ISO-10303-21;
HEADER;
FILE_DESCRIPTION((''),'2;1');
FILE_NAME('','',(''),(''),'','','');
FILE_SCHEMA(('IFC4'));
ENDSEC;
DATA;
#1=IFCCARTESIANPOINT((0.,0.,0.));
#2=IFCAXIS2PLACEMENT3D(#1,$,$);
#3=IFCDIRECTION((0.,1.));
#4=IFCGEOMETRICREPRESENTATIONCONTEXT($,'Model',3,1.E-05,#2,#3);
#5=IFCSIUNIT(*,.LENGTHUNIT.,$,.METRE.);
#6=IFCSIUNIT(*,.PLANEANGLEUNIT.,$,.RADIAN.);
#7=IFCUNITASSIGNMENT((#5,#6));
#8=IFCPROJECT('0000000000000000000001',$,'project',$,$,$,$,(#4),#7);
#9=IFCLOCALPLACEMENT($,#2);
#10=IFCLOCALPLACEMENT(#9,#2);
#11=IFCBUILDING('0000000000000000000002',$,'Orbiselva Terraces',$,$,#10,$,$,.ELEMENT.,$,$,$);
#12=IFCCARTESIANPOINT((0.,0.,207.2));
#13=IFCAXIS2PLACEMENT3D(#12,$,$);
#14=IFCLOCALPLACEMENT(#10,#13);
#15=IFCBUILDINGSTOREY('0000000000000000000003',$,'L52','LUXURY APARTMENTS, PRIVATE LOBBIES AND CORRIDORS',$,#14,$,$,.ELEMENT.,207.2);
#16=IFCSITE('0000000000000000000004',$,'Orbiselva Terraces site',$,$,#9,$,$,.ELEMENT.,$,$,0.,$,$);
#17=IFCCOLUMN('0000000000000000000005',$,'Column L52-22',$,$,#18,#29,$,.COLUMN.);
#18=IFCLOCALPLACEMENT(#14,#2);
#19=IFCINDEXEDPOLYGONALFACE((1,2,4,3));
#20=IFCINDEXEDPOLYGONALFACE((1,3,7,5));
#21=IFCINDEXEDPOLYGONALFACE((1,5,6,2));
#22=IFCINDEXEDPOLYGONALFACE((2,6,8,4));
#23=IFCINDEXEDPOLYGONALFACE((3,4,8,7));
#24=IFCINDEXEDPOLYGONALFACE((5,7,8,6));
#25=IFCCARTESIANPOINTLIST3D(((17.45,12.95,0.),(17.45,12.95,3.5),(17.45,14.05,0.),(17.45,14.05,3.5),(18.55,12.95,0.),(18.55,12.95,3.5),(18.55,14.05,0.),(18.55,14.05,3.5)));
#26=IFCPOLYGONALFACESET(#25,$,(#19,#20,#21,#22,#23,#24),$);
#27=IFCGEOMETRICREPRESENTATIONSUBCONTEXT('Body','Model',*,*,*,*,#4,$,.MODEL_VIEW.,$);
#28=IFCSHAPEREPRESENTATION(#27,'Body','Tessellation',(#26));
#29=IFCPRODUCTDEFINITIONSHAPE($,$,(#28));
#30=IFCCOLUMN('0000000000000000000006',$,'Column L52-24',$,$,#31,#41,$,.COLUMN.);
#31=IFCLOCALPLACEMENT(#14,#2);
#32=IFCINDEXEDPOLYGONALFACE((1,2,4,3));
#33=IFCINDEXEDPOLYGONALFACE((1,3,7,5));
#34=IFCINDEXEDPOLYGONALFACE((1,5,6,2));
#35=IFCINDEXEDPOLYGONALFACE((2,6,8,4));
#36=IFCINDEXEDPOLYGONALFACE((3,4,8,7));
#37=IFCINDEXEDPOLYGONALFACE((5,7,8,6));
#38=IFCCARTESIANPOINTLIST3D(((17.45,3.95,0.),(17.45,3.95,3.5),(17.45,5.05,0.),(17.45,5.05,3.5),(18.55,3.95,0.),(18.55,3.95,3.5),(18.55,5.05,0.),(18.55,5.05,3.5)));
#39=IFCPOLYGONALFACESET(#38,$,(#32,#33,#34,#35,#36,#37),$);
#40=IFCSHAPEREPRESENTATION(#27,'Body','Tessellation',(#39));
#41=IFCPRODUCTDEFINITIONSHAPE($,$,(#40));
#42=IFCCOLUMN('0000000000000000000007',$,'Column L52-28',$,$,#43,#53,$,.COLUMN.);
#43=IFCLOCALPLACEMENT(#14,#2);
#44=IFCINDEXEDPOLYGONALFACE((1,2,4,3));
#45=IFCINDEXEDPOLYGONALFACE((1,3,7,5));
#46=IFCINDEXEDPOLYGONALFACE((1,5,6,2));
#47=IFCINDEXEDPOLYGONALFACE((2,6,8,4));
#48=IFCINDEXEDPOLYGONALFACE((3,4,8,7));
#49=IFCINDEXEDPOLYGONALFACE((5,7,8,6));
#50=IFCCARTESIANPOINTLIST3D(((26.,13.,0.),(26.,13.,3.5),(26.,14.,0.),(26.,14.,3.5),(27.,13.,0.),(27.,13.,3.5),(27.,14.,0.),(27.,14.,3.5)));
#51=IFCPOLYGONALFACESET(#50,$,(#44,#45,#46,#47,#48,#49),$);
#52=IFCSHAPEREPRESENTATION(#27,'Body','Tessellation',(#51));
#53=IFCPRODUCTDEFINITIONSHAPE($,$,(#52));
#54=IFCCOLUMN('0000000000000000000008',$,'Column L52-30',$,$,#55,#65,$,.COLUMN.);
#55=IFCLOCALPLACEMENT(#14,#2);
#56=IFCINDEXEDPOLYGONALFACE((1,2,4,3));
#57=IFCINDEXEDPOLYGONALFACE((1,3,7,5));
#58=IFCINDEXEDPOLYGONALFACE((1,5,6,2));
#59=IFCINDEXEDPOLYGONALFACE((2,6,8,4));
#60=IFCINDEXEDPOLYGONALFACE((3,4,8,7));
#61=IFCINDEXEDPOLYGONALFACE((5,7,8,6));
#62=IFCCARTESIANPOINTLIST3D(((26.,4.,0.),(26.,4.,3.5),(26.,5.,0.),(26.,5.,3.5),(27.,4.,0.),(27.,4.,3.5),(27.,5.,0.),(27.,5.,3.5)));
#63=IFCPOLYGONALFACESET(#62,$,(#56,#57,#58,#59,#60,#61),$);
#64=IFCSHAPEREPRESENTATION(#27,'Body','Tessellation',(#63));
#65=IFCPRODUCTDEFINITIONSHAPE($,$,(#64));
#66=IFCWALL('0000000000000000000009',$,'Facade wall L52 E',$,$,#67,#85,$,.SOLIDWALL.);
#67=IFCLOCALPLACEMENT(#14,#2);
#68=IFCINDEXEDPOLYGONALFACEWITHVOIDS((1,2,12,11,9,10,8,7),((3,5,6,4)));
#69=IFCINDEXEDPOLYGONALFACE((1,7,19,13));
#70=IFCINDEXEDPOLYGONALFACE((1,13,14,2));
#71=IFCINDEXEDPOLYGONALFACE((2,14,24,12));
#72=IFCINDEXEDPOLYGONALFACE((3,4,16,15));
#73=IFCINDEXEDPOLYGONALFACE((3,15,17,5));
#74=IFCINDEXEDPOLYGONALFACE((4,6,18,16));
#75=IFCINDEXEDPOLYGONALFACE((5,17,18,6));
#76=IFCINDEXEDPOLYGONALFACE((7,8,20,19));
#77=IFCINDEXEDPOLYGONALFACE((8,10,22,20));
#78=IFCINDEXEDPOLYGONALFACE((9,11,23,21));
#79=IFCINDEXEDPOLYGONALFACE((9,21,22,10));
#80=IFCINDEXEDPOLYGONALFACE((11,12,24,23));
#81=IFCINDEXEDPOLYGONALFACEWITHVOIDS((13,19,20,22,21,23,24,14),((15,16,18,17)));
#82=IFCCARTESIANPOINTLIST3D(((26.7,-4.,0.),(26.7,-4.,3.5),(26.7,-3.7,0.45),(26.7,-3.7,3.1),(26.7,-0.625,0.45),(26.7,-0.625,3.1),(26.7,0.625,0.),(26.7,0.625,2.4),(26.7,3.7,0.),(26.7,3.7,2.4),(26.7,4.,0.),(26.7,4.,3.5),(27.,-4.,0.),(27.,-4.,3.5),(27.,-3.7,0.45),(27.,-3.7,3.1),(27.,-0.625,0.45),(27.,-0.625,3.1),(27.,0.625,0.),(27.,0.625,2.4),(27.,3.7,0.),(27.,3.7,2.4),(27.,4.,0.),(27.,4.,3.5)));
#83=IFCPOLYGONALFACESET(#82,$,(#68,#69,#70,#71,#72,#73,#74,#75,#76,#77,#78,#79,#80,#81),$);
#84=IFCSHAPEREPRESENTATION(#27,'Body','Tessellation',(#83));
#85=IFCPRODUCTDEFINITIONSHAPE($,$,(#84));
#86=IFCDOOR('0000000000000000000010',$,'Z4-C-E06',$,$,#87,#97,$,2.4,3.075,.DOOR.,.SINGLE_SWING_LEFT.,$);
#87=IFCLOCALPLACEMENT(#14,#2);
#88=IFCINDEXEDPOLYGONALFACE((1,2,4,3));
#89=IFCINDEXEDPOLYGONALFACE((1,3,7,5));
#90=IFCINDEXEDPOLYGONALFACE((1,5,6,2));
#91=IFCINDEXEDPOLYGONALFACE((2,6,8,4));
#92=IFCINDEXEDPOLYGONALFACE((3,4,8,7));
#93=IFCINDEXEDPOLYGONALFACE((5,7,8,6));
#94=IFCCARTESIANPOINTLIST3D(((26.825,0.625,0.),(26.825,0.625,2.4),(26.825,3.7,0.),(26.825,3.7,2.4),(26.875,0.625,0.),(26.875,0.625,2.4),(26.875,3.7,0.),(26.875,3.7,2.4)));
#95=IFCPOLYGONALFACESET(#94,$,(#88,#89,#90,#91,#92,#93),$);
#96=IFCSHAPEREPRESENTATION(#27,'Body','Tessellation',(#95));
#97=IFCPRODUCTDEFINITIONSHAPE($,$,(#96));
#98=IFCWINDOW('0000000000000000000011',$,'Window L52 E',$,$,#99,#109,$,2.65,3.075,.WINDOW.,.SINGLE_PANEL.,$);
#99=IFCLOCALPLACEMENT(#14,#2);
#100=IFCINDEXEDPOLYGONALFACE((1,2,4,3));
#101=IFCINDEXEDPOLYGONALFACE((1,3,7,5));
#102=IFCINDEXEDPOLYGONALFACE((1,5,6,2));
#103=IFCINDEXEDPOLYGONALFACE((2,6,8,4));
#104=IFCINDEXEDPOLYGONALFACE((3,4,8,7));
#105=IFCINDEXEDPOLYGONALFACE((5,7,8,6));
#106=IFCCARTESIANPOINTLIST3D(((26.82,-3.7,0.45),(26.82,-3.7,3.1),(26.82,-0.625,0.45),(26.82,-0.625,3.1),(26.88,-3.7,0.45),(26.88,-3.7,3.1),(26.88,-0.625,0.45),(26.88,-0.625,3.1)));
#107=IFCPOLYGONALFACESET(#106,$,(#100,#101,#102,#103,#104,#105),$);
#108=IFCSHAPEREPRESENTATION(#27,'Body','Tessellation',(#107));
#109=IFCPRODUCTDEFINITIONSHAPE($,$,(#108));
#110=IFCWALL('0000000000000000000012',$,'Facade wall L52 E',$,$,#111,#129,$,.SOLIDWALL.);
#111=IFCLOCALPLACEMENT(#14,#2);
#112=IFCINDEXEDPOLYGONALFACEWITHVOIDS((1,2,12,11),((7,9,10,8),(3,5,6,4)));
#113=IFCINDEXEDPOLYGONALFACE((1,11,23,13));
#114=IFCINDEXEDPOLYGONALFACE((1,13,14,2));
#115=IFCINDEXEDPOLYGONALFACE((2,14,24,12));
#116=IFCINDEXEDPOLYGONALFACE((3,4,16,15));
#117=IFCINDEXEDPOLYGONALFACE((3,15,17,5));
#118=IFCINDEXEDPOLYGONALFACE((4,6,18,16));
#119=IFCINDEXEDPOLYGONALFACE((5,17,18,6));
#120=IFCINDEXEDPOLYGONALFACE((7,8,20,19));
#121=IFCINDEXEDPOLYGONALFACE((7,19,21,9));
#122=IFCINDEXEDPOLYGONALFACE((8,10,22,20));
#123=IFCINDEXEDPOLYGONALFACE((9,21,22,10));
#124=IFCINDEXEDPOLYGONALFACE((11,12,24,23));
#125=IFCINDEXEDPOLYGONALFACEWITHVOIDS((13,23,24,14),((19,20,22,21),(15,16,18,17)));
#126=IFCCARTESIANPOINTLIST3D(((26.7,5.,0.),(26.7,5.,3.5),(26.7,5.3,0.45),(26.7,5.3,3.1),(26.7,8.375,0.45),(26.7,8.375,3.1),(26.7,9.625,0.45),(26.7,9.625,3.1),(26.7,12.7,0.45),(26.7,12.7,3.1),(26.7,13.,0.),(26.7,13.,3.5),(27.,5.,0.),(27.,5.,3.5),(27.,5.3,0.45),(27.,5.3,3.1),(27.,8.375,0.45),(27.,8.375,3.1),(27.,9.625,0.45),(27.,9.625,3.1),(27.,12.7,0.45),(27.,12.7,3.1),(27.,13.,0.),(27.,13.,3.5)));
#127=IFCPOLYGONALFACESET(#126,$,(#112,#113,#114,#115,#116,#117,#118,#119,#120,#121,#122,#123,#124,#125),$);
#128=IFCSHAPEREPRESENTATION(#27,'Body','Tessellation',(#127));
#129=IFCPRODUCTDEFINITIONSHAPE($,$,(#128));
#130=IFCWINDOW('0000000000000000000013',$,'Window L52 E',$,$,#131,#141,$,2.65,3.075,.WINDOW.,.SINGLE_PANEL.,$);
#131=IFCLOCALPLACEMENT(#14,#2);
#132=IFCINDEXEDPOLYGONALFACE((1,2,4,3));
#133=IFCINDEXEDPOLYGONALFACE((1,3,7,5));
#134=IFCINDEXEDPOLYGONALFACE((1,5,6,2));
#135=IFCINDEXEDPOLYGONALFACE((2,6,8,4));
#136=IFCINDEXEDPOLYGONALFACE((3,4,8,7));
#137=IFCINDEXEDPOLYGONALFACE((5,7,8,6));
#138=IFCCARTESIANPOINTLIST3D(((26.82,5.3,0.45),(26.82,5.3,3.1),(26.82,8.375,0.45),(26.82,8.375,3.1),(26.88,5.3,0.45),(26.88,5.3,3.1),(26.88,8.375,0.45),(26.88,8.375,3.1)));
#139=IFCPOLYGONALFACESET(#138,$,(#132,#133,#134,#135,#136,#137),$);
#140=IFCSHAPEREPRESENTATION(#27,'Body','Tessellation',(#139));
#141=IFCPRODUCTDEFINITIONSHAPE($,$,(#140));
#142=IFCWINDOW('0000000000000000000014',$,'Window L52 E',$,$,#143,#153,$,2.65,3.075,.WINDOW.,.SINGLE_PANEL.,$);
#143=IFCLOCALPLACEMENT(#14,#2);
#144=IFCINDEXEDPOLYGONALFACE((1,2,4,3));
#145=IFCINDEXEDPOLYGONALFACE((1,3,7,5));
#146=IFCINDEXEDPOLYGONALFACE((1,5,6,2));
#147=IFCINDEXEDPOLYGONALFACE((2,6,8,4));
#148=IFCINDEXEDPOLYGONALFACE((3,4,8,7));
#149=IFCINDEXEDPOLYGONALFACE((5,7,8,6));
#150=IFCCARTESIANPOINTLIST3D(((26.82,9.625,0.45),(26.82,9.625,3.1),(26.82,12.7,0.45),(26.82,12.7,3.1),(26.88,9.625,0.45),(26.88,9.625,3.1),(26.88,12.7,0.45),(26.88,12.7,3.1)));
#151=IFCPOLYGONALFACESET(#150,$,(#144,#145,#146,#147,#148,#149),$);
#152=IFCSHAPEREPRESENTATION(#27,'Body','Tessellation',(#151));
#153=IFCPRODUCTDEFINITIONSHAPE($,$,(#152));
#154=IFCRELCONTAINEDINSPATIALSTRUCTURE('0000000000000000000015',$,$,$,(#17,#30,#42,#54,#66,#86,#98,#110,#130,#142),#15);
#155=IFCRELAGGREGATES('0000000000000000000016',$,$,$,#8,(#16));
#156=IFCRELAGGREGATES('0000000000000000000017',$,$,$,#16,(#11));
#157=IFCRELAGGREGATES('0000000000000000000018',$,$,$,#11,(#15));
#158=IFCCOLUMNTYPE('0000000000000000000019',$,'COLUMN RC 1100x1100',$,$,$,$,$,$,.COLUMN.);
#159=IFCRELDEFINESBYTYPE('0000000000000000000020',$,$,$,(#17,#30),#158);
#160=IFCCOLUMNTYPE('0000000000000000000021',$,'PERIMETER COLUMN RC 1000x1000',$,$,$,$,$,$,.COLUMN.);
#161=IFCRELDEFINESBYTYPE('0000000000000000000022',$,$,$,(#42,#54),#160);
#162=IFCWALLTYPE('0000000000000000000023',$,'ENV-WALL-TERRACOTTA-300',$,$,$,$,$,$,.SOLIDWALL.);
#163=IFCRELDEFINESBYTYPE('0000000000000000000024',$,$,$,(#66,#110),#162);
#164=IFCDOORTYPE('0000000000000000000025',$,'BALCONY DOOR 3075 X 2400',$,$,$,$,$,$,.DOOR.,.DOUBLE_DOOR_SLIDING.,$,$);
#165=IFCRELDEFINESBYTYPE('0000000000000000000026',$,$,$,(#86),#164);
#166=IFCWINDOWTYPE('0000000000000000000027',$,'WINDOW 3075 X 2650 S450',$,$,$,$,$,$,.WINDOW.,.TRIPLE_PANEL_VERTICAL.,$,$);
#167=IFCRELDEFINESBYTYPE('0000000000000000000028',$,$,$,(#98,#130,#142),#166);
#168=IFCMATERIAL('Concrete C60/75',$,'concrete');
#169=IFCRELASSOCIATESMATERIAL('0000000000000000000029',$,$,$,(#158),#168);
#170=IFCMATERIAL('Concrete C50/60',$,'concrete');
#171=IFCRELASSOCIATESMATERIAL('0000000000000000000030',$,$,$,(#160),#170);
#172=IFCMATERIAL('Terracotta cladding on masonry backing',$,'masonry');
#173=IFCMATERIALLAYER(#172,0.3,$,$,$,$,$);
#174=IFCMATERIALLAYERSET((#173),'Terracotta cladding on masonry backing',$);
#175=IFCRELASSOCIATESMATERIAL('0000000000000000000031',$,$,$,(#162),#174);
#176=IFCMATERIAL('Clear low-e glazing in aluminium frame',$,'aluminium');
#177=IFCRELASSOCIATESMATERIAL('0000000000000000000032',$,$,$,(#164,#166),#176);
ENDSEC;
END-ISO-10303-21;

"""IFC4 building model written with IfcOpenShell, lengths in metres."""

from ifc_helpers import new_model, si_unit, direction, frame, frame_2d, origin, origin_2d, place, context, subcontext, project, spatial, rectangle, extrude, material, layer, layer_set, material_profile, profile_set, type_object, element, fill, save


model = new_model("IFC4")

# Units and contexts
model_context = context("Model", 3, precision=1e-05, world=origin(), true_north=direction((0.0, 1.0)))
body_context = subcontext(model_context, "Body", "Model", "MODEL_VIEW")
ifc_project = project(units=[si_unit("LENGTHUNIT", "METRE"), si_unit("PLANEANGLEUNIT", "RADIAN")], contexts=[model_context])

# Site, building, storey
site_placement = place(None, origin())
site = spatial("IfcSite", under=ifc_project, at=site_placement, Name="Orbiselva Terraces site", CompositionType="ELEMENT", RefElevation=0.0)
building_placement = place(site_placement, origin())
building = spatial("IfcBuilding", under=site, at=building_placement, Name="Orbiselva Terraces", CompositionType="ELEMENT")
storey_placement = place(building_placement, frame((0.0, 0.0, 207.2)))
storey = spatial("IfcBuildingStorey", under=building, at=storey_placement, Name="L52", Description="LUXURY APARTMENTS, PRIVATE LOBBIES AND CORRIDORS", CompositionType="ELEMENT", Elevation=207.2)

# Columns
ifc_material_1 = material(Name="Concrete C60/75", Category="concrete")
ifc_material_profile_1 = material_profile(ifc_material_1, rectangle(XDim=1.1, YDim=1.1, at=origin_2d()), Name="RC 1100x1100")
ifc_profile_set_1 = profile_set([ifc_material_profile_1], Name="Concrete C60/75")
column_type_1 = type_object("IfcColumnType", Name="COLUMN RC 1100x1100", PredefinedType="COLUMN", material=ifc_profile_set_1)
for number, where, z_axis, x_axis, name in (
    (1, (18.0, 13.5, 0.0), (0.0, 0.0, 1.0), (1.0, 0.0, 0.0), "Column L52-22"),
    (2, (18.0, 4.5, 0.0), (0.0, 0.0, 1.0), (1.0, 0.0, 0.0), "Column L52-24"),
):
    element("IfcColumn", number, at=place(storey_placement, frame(where, z_axis=z_axis, x_axis=x_axis)), inside=storey, type_object=column_type_1, Name=name, PredefinedType="COLUMN", context=body_context, shape_type="SweptSolid", body=[
        extrude(rectangle(XDim=1.1, YDim=1.1, at=origin_2d()), origin(), (0.0, 0.0, 1.0), 3.5),
    ])
ifc_material_2 = material(Name="Concrete C50/60", Category="concrete")
ifc_material_profile_2 = material_profile(ifc_material_2, rectangle(XDim=1.0, YDim=1.0, at=origin_2d()), Name="RC 1000x1000")
ifc_profile_set_2 = profile_set([ifc_material_profile_2], Name="Concrete C50/60")
column_type_2 = type_object("IfcColumnType", Name="PERIMETER COLUMN RC 1000x1000", PredefinedType="COLUMN", material=ifc_profile_set_2)
for number, where, z_axis, x_axis, name in (
    (3, (26.5, 13.5, 0.0), (0.0, 0.0, 1.0), (1.0, 0.0, 0.0), "Column L52-28"),
    (4, (26.5, 4.5, 0.0), (0.0, 0.0, 1.0), (1.0, 0.0, 0.0), "Column L52-30"),
):
    element("IfcColumn", number, at=place(storey_placement, frame(where, z_axis=z_axis, x_axis=x_axis)), inside=storey, type_object=column_type_2, Name=name, PredefinedType="COLUMN", context=body_context, shape_type="SweptSolid", body=[
        extrude(rectangle(XDim=1.0, YDim=1.0, at=origin_2d()), origin(), (0.0, 0.0, 1.0), 3.5),
    ])

# Wall, openings, door, window
ifc_material_3 = material(Name="Terracotta cladding on masonry backing", Category="masonry")
ifc_layer_1 = layer(ifc_material_3, 0.3)
ifc_layer_set_1 = layer_set([ifc_layer_1], Name="Terracotta cladding on masonry backing")
wall_type_1 = type_object("IfcWallType", Name="ENV-WALL-TERRACOTTA-300", PredefinedType="SOLIDWALL", material=ifc_layer_set_1)
wall_1_placement = place(storey_placement, frame((26.85, 4.0, 0.0), z_axis=(0.0, 0.0, 1.0), x_axis=(0.0, -1.0, 0.0)))
wall_1 = element("IfcWall", 5, at=wall_1_placement, inside=storey, type_object=wall_type_1, Name="Facade wall L52 E", PredefinedType="SOLIDWALL", context=body_context, shape_type="SweptSolid", body=[
    extrude(rectangle(XDim=8.0, YDim=0.3, at=frame_2d((4.0, 0.0))), origin(), (0.0, 0.0, 1.0), 3.5),
])
opening_1_placement = place(wall_1_placement, frame((4.625, 0.0, 0.45)))
opening_1 = element("IfcOpeningElement", 6, at=opening_1_placement, cuts=wall_1, PredefinedType="OPENING", context=body_context, shape_type="SweptSolid", body=[
    extrude(rectangle(XDim=3.075, YDim=2.65, at=frame_2d((1.5375, 1.325))), frame((0.0, 0.16, 0.0), z_axis=(0.0, -1.0, 0.0), x_axis=(1.0, 0.0, 0.0)), (0.0, 0.0, 1.0), 0.32),
])
opening_2_placement = place(wall_1_placement, frame((0.3, 0.0, 0.0)))
opening_2 = element("IfcOpeningElement", 7, at=opening_2_placement, cuts=wall_1, PredefinedType="OPENING", context=body_context, shape_type="SweptSolid", body=[
    extrude(rectangle(XDim=3.075, YDim=2.4, at=frame_2d((1.5375, 1.2))), frame((0.0, 0.16, 0.0), z_axis=(0.0, -1.0, 0.0), x_axis=(1.0, 0.0, 0.0)), (0.0, 0.0, 1.0), 0.32),
])
ifc_material_4 = material(Name="Clear low-e glazing in aluminium frame", Category="aluminium")
door_type_1 = type_object("IfcDoorType", Name="BALCONY DOOR 3075 X 2400", OperationType="DOUBLE_DOOR_SLIDING", PredefinedType="DOOR", material=ifc_material_4)
door_1_placement = place(opening_2_placement, origin())
door_1 = element("IfcDoor", 8, at=door_1_placement, inside=storey, type_object=door_type_1, Name="Z4-C-E06", OperationType="SINGLE_SWING_LEFT", OverallHeight=2.4, OverallWidth=3.075, PredefinedType="DOOR", context=body_context, shape_type="SweptSolid", body=[
    extrude(rectangle(XDim=3.075, YDim=2.4, at=frame_2d((1.5375, 1.2))), frame((0.0, 0.025, 0.0), z_axis=(0.0, -1.0, 0.0), x_axis=(1.0, 0.0, 0.0)), (0.0, 0.0, 1.0), 0.05),
])
fill(opening_2, door_1)
window_type = type_object("IfcWindowType", Name="WINDOW 3075 X 2650 S450", PartitioningType="TRIPLE_PANEL_VERTICAL", PredefinedType="WINDOW", material=ifc_material_4)
window_1_placement = place(opening_1_placement, origin())
window_1 = element("IfcWindow", 9, at=window_1_placement, inside=storey, type_object=window_type, Name="Window L52 E", OverallHeight=2.65, OverallWidth=3.075, PartitioningType="SINGLE_PANEL", PredefinedType="WINDOW", context=body_context, shape_type="SweptSolid", body=[
    extrude(rectangle(XDim=3.075, YDim=2.65, at=frame_2d((1.5375, 1.325))), frame((0.0, 0.03, 0.0), z_axis=(0.0, -1.0, 0.0), x_axis=(1.0, 0.0, 0.0)), (0.0, 0.0, 1.0), 0.06),
])
fill(opening_1, window_1)

# Wall, openings, windows
wall_2_placement = place(storey_placement, frame((26.85, 13.0, 0.0), z_axis=(0.0, 0.0, 1.0), x_axis=(0.0, -1.0, 0.0)))
wall_2 = element("IfcWall", 10, at=wall_2_placement, inside=storey, type_object=wall_type_1, Name="Facade wall L52 E", PredefinedType="SOLIDWALL", context=body_context, shape_type="SweptSolid", body=[
    extrude(rectangle(XDim=8.0, YDim=0.3, at=frame_2d((4.0, 0.0))), origin(), (0.0, 0.0, 1.0), 3.5),
])
opening_3_placement = place(wall_2_placement, frame((4.625, 0.0, 0.45)))
opening_3 = element("IfcOpeningElement", 11, at=opening_3_placement, cuts=wall_2, PredefinedType="OPENING", context=body_context, shape_type="SweptSolid", body=[
    extrude(rectangle(XDim=3.075, YDim=2.65, at=frame_2d((1.5375, 1.325))), frame((0.0, 0.16, 0.0), z_axis=(0.0, -1.0, 0.0), x_axis=(1.0, 0.0, 0.0)), (0.0, 0.0, 1.0), 0.32),
])
opening_4_placement = place(wall_2_placement, frame((0.3, 0.0, 0.45)))
opening_4 = element("IfcOpeningElement", 12, at=opening_4_placement, cuts=wall_2, PredefinedType="OPENING", context=body_context, shape_type="SweptSolid", body=[
    extrude(rectangle(XDim=3.075, YDim=2.65, at=frame_2d((1.5375, 1.325))), frame((0.0, 0.16, 0.0), z_axis=(0.0, -1.0, 0.0), x_axis=(1.0, 0.0, 0.0)), (0.0, 0.0, 1.0), 0.32),
])
window_2_placement = place(opening_3_placement, origin())
window_2 = element("IfcWindow", 13, at=window_2_placement, inside=storey, type_object=window_type, Name="Window L52 E", OverallHeight=2.65, OverallWidth=3.075, PartitioningType="SINGLE_PANEL", PredefinedType="WINDOW", context=body_context, shape_type="SweptSolid", body=[
    extrude(rectangle(XDim=3.075, YDim=2.65, at=frame_2d((1.5375, 1.325))), frame((0.0, 0.03, 0.0), z_axis=(0.0, -1.0, 0.0), x_axis=(1.0, 0.0, 0.0)), (0.0, 0.0, 1.0), 0.06),
])
fill(opening_3, window_2)
window_3_placement = place(opening_4_placement, origin())
window_3 = element("IfcWindow", 14, at=window_3_placement, inside=storey, type_object=window_type, Name="Window L52 E", OverallHeight=2.65, OverallWidth=3.075, PartitioningType="SINGLE_PANEL", PredefinedType="WINDOW", context=body_context, shape_type="SweptSolid", body=[
    extrude(rectangle(XDim=3.075, YDim=2.65, at=frame_2d((1.5375, 1.325))), frame((0.0, 0.03, 0.0), z_axis=(0.0, -1.0, 0.0), x_axis=(1.0, 0.0, 0.0)), (0.0, 0.0, 1.0), 0.06),
])
fill(opening_4, window_3)

save(model, "model.ifc")
